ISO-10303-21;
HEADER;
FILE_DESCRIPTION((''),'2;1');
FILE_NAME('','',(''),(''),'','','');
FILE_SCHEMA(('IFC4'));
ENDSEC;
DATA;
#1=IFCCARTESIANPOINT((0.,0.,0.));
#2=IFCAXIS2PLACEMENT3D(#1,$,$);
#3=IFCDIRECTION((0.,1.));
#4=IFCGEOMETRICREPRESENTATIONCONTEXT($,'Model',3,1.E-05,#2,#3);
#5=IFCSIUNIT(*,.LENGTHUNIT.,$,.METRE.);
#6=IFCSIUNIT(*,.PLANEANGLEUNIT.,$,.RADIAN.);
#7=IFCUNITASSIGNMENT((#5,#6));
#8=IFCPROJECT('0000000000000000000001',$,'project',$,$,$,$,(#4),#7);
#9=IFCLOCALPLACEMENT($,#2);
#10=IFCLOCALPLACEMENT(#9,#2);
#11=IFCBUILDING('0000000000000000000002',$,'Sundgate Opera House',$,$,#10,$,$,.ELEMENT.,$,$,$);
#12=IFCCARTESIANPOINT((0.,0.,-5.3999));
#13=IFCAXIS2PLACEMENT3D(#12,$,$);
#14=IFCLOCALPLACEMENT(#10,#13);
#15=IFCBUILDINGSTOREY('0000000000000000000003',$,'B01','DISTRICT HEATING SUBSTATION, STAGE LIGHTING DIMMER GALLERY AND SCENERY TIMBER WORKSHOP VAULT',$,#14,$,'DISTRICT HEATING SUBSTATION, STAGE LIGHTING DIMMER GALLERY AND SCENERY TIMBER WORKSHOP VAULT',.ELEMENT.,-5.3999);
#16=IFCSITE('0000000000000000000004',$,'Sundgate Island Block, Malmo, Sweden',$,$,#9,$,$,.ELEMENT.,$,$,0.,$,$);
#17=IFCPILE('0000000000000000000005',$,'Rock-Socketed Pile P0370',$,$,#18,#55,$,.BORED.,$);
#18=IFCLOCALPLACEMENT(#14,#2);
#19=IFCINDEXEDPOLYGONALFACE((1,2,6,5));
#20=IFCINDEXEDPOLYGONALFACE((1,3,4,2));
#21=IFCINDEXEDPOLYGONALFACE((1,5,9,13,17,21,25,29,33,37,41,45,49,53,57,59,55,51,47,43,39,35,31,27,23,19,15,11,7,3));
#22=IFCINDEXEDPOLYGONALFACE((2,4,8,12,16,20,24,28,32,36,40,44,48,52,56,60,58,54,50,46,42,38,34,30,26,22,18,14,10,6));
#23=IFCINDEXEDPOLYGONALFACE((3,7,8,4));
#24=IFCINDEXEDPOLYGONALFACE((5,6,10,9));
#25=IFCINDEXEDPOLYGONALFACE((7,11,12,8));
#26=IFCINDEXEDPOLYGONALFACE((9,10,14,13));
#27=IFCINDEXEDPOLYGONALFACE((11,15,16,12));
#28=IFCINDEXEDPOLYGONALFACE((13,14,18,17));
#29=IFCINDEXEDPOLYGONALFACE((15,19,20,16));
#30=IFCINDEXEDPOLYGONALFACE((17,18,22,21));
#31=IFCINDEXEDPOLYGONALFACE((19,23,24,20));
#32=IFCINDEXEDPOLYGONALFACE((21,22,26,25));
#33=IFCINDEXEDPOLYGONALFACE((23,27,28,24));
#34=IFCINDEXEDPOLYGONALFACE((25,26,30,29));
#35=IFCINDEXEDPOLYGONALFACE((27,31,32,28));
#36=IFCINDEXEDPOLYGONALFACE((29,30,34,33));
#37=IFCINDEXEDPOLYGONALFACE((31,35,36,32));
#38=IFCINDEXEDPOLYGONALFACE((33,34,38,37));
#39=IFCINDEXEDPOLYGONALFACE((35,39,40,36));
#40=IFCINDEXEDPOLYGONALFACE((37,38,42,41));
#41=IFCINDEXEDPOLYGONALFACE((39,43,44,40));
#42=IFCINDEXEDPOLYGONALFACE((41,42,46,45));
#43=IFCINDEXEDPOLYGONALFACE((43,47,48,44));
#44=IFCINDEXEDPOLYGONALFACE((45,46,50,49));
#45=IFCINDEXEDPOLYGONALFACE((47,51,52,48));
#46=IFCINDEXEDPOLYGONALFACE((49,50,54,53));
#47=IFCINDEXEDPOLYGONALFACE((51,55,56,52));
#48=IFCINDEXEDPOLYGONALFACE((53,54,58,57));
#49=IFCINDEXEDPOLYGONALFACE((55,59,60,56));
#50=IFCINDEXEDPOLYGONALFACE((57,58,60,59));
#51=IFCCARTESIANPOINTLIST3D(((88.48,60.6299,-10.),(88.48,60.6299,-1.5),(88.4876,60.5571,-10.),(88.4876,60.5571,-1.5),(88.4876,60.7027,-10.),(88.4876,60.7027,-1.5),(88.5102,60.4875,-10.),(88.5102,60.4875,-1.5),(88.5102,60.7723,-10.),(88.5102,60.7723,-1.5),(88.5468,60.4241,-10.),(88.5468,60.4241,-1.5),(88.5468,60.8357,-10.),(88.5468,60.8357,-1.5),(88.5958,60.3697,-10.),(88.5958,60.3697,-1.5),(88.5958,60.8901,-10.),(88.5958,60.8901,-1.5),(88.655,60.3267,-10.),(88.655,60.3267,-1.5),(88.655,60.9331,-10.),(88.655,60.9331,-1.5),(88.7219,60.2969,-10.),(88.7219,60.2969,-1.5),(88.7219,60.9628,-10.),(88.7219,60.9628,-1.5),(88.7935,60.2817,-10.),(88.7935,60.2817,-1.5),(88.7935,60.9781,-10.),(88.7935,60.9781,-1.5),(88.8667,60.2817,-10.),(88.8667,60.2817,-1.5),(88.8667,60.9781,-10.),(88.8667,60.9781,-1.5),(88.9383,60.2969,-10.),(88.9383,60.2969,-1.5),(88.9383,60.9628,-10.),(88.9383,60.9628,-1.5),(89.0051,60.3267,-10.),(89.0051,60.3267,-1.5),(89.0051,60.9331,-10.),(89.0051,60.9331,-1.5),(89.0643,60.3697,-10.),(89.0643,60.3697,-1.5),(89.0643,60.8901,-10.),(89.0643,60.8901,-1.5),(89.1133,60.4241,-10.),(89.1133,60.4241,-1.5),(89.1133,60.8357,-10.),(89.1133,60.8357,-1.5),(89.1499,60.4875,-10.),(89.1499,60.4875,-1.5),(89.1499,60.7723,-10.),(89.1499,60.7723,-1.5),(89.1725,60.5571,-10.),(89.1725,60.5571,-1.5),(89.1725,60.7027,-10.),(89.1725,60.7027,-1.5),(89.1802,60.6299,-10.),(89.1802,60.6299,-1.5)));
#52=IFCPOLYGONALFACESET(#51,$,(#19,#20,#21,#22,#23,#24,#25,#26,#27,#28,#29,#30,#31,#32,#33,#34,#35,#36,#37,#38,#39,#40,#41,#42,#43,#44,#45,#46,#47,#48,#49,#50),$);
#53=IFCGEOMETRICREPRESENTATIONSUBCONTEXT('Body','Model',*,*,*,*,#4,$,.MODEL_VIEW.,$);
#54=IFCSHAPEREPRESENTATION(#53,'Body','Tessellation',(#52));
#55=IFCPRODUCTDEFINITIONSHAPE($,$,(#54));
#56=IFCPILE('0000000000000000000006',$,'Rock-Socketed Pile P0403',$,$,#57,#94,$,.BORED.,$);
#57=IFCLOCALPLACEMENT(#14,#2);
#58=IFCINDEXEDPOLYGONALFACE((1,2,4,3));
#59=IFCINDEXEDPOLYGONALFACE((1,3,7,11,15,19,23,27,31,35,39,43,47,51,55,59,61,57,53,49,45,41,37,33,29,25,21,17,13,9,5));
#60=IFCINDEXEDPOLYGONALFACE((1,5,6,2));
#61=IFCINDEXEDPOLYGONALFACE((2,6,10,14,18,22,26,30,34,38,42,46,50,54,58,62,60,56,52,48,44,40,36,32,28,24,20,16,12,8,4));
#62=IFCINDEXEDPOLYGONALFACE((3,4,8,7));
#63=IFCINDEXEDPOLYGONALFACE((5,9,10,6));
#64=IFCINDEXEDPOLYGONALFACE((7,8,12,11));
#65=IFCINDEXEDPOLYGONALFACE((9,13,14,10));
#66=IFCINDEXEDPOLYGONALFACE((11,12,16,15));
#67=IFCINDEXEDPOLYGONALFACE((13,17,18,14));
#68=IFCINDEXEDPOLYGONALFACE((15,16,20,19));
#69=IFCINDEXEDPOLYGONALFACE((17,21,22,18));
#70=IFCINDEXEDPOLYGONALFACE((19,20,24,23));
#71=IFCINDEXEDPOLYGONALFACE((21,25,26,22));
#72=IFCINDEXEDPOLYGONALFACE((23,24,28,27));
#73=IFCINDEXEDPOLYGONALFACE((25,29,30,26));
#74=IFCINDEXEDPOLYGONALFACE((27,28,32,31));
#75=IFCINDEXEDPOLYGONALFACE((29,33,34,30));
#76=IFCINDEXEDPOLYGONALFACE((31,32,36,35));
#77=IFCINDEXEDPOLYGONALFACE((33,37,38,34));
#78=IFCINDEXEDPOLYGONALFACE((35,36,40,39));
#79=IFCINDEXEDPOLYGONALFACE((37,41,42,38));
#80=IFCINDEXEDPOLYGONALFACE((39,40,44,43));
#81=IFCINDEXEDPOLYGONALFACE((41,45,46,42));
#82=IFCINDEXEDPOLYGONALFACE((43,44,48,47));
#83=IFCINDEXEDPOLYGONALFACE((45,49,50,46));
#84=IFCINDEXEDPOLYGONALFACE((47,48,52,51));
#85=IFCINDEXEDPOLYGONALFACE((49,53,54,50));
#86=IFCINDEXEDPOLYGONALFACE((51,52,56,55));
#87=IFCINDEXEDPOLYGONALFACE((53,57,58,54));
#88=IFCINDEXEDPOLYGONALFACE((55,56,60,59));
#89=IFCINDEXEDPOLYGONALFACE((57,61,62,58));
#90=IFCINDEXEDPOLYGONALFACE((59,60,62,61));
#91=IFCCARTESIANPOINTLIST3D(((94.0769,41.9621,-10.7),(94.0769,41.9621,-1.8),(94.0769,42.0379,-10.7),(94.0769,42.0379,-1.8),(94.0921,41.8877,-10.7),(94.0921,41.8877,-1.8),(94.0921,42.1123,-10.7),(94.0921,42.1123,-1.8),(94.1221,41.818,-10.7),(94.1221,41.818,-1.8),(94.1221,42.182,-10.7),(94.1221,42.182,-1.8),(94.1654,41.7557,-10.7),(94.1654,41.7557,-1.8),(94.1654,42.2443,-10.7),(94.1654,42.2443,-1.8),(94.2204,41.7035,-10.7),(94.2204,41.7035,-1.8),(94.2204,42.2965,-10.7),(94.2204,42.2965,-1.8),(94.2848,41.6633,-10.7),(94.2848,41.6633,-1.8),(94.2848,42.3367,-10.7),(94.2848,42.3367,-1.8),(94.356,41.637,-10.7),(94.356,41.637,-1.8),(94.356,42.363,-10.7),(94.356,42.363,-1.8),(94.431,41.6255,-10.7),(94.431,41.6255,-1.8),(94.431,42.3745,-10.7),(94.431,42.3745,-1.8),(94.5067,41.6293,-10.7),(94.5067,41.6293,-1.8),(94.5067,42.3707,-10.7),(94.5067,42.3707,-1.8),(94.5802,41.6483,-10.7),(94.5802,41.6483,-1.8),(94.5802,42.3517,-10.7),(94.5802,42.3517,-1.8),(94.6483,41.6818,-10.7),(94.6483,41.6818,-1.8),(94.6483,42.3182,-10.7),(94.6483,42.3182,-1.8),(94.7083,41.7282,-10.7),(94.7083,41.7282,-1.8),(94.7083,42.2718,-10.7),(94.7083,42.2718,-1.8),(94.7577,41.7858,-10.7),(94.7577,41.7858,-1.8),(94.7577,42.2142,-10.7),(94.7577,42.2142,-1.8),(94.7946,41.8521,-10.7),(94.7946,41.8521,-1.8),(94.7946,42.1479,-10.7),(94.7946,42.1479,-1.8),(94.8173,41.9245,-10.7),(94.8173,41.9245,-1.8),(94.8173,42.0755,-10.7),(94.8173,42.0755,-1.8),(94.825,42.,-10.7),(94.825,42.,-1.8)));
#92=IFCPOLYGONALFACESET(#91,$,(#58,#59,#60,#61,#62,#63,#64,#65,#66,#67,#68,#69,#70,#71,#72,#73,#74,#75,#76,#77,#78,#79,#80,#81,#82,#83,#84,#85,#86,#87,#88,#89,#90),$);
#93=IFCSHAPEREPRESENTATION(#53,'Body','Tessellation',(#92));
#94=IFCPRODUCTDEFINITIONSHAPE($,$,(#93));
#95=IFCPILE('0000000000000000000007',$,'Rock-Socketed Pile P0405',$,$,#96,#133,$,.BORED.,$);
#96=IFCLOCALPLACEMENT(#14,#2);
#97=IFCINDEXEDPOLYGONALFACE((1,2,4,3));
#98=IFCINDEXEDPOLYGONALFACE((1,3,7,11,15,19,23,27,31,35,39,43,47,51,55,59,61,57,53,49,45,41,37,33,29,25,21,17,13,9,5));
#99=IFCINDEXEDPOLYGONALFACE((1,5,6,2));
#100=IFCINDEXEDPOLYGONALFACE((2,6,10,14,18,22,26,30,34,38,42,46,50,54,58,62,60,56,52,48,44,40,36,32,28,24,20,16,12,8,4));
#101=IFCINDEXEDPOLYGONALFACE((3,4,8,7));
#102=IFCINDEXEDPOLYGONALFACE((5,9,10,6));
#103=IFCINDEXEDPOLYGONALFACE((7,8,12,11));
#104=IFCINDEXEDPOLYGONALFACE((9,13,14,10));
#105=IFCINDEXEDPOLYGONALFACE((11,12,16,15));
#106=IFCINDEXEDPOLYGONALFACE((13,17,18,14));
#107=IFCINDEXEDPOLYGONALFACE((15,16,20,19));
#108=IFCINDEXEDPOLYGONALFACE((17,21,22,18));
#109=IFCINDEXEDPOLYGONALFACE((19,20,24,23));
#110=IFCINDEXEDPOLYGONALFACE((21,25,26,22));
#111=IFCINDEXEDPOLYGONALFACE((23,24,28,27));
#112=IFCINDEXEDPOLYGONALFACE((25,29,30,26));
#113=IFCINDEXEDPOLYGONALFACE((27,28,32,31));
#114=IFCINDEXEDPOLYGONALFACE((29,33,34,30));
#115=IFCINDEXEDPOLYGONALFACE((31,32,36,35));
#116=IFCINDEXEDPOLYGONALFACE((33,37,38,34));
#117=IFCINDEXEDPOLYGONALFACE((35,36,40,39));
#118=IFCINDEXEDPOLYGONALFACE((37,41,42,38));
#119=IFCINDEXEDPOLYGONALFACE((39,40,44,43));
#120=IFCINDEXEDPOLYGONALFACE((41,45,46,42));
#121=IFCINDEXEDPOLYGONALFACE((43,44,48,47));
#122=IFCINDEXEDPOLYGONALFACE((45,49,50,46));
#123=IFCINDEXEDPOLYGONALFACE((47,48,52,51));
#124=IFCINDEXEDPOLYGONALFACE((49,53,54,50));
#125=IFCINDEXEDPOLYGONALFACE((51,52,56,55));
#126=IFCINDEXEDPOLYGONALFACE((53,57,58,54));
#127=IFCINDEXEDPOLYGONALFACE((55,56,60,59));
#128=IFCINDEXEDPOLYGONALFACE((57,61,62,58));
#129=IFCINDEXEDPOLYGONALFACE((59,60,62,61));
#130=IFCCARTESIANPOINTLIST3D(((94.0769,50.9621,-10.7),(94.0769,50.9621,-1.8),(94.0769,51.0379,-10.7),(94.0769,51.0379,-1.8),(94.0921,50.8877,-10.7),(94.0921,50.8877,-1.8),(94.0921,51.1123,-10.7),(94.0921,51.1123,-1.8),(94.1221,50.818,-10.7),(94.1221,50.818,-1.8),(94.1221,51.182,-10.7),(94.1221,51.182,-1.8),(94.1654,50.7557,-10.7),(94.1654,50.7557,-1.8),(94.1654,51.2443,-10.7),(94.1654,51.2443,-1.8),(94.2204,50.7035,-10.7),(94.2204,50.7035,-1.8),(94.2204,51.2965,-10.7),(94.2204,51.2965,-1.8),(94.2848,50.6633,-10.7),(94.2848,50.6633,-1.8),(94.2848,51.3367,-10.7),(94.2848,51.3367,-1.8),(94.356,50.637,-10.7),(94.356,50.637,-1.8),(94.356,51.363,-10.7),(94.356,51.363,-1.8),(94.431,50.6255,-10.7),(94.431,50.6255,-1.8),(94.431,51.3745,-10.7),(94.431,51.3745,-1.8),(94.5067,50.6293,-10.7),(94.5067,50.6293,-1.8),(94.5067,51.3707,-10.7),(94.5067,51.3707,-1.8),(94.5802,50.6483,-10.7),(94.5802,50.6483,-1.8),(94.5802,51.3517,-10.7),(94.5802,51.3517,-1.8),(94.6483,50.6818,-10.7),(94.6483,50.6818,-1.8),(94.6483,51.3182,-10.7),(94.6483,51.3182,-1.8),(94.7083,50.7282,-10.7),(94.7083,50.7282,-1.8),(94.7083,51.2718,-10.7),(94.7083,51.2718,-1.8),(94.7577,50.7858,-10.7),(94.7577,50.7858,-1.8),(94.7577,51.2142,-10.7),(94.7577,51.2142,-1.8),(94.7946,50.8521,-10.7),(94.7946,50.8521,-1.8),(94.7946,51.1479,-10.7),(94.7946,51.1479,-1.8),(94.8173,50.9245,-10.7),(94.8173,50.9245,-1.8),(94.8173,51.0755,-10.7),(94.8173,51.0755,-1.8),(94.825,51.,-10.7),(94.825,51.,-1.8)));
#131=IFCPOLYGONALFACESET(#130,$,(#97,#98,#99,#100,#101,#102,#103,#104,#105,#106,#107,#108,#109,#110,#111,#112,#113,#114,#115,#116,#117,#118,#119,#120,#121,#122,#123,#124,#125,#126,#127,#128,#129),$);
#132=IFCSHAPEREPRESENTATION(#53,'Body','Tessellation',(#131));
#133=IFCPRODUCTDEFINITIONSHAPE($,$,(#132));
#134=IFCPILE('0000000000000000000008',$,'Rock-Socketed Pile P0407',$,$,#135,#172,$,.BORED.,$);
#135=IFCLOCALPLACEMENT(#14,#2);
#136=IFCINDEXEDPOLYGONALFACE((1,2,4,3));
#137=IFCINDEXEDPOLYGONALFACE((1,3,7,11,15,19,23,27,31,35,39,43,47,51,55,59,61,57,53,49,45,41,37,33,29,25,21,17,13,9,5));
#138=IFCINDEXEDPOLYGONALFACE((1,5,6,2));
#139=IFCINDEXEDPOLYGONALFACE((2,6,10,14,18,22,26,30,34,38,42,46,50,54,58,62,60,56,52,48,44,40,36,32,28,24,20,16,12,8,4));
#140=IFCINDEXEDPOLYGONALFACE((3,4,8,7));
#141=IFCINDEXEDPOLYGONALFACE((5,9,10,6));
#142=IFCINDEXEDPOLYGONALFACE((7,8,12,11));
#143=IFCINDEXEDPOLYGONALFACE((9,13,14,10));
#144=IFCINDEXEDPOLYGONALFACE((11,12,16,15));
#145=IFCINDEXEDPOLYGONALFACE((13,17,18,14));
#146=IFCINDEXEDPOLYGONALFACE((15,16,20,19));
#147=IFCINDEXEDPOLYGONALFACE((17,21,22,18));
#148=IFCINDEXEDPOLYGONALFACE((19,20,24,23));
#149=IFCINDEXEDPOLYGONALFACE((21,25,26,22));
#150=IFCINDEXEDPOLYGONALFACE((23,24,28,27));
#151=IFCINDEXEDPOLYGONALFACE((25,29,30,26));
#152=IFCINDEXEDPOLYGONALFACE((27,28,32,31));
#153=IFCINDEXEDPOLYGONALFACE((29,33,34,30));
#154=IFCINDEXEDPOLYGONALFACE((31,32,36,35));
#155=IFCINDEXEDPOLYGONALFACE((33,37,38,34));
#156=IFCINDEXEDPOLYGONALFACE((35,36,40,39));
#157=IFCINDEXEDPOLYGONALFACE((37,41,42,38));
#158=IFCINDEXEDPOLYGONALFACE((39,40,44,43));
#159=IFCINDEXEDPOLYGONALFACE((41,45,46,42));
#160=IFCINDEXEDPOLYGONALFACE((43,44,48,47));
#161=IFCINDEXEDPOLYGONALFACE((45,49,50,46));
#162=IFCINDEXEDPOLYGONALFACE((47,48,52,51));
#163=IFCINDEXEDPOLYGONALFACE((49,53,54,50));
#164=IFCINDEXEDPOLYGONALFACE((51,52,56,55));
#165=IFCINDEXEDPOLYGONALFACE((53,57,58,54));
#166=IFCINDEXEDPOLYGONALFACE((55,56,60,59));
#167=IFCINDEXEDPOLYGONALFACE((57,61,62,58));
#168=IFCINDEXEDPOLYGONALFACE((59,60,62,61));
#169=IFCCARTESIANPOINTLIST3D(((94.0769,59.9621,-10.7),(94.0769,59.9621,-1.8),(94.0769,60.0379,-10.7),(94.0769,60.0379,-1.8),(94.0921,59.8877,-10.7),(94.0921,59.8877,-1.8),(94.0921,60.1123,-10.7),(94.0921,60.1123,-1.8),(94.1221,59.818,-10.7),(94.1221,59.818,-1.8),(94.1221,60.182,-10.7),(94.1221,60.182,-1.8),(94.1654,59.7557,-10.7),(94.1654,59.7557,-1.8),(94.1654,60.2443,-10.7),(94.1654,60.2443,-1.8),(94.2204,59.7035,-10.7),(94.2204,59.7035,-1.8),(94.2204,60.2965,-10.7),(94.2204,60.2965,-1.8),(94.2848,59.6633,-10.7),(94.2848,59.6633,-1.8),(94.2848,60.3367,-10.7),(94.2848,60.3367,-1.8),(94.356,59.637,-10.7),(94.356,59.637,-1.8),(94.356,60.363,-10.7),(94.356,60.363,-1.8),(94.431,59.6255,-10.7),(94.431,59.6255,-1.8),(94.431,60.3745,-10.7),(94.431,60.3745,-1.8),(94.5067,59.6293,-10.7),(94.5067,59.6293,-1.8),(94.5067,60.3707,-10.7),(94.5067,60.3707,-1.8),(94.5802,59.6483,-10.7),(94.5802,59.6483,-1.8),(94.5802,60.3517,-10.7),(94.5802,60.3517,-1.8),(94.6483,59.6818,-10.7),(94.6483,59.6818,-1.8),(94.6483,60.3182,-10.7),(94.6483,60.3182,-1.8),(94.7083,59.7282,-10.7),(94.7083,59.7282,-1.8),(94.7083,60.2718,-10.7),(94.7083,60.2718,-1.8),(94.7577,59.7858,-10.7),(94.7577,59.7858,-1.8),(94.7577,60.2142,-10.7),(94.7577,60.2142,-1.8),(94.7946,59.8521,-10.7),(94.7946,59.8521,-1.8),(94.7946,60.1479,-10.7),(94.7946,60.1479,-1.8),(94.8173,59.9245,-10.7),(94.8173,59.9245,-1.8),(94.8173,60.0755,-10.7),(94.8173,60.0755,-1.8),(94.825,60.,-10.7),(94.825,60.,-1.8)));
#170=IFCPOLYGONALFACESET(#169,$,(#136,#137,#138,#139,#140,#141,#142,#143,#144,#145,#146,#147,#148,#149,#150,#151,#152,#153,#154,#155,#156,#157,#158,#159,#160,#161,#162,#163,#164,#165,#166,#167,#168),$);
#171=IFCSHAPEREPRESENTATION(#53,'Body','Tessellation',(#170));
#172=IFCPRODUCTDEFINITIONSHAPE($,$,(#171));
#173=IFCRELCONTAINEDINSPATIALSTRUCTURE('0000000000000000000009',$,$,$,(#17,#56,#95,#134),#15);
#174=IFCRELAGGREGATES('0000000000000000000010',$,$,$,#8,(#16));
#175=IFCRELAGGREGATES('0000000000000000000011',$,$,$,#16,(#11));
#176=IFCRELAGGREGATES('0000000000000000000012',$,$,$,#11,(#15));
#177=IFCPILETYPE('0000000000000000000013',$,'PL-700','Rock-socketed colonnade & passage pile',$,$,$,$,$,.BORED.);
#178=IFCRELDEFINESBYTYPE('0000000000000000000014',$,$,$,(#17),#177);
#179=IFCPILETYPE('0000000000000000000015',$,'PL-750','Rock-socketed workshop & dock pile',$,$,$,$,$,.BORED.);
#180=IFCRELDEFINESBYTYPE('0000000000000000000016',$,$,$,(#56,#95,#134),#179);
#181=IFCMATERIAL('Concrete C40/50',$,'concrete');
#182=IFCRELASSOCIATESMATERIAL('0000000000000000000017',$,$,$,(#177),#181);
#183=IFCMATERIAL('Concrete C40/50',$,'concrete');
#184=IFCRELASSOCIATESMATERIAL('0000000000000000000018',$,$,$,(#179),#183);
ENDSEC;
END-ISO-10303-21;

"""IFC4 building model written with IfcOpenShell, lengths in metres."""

from ifc_helpers import new_model, si_unit, direction, frame, origin, origin_2d, place, context, subcontext, project, spatial, circle, extrude, material, material_profile, profile_set, type_object, element, save


model = new_model("IFC4")

# Units and contexts
model_context = context("Model", 3, precision=1e-05, world=origin(), true_north=direction((0.0, 1.0)))
body_context = subcontext(model_context, "Body", "Model", "MODEL_VIEW")
ifc_project = project(units=[si_unit("LENGTHUNIT", "METRE"), si_unit("PLANEANGLEUNIT", "RADIAN")], contexts=[model_context])

# Site, building, storey
site_placement = place(None, origin())
site = spatial("IfcSite", under=ifc_project, at=site_placement, Name="Sundgate Island Block, Malmo, Sweden", CompositionType="ELEMENT", RefElevation=0.0)
building_placement = place(site_placement, origin())
building = spatial("IfcBuilding", under=site, at=building_placement, Name="Sundgate Opera House", CompositionType="ELEMENT")
storey_placement = place(building_placement, frame((0.0, 0.0, -5.3999)))
storey = spatial("IfcBuildingStorey", under=building, at=storey_placement, Name="B01", Description="DISTRICT HEATING SUBSTATION, STAGE LIGHTING DIMMER GALLERY AND SCENERY TIMBER WORKSHOP VAULT", LongName="DISTRICT HEATING SUBSTATION, STAGE LIGHTING DIMMER GALLERY AND SCENERY TIMBER WORKSHOP VAULT", CompositionType="ELEMENT", Elevation=-5.3999)

# Piles
ifc_material_1 = material(Name="Concrete C40/50", Category="concrete")
ifc_material_profile_1 = material_profile(ifc_material_1, circle(Radius=0.3501, at=origin_2d()), Name="PILE D700")
ifc_profile_set_1 = profile_set([ifc_material_profile_1], Name="Concrete C40/50")
pile_type_1 = type_object("IfcPileType", Name="PL-700", Description="Rock-socketed colonnade & passage pile", PredefinedType="BORED", material=ifc_profile_set_1)
for number, where, z_axis, x_axis, name in (
    (1, (88.8301, 60.6299, -1.5), (0.0, 0.0, -1.0), (1.0, 0.0, 0.0), "Rock-Socketed Pile P0370"),
):
    element("IfcPile", number, at=place(storey_placement, frame(where, z_axis=z_axis, x_axis=x_axis)), inside=storey, type_object=pile_type_1, Name=name, PredefinedType="BORED", context=body_context, shape_type="SweptSolid", body=[
        extrude(circle(Radius=0.3501, at=origin_2d()), origin(), (0.0, 0.0, 1.0), 8.5),
    ])
ifc_material_2 = material(Name="Concrete C40/50", Category="concrete")
ifc_material_profile_2 = material_profile(ifc_material_2, circle(Radius=0.375, at=origin_2d()), Name="PILE D750")
ifc_profile_set_2 = profile_set([ifc_material_profile_2], Name="Concrete C40/50")
pile_type_2 = type_object("IfcPileType", Name="PL-750", Description="Rock-socketed workshop & dock pile", PredefinedType="BORED", material=ifc_profile_set_2)
for number, where, z_axis, x_axis, name in (
    (2, (94.45, 42.0, -1.8), (0.0, 0.0, -1.0), (1.0, 0.0, 0.0), "Rock-Socketed Pile P0403"),
    (3, (94.45, 51.0, -1.8), (0.0, 0.0, -1.0), (1.0, 0.0, 0.0), "Rock-Socketed Pile P0405"),
    (4, (94.45, 60.0, -1.8), (0.0, 0.0, -1.0), (1.0, 0.0, 0.0), "Rock-Socketed Pile P0407"),
):
    element("IfcPile", number, at=place(storey_placement, frame(where, z_axis=z_axis, x_axis=x_axis)), inside=storey, type_object=pile_type_2, Name=name, PredefinedType="BORED", context=body_context, shape_type="SweptSolid", body=[
        extrude(circle(Radius=0.375, at=origin_2d()), origin(), (0.0, 0.0, 1.0), 8.8999),
    ])

save(model, "model.ifc")
